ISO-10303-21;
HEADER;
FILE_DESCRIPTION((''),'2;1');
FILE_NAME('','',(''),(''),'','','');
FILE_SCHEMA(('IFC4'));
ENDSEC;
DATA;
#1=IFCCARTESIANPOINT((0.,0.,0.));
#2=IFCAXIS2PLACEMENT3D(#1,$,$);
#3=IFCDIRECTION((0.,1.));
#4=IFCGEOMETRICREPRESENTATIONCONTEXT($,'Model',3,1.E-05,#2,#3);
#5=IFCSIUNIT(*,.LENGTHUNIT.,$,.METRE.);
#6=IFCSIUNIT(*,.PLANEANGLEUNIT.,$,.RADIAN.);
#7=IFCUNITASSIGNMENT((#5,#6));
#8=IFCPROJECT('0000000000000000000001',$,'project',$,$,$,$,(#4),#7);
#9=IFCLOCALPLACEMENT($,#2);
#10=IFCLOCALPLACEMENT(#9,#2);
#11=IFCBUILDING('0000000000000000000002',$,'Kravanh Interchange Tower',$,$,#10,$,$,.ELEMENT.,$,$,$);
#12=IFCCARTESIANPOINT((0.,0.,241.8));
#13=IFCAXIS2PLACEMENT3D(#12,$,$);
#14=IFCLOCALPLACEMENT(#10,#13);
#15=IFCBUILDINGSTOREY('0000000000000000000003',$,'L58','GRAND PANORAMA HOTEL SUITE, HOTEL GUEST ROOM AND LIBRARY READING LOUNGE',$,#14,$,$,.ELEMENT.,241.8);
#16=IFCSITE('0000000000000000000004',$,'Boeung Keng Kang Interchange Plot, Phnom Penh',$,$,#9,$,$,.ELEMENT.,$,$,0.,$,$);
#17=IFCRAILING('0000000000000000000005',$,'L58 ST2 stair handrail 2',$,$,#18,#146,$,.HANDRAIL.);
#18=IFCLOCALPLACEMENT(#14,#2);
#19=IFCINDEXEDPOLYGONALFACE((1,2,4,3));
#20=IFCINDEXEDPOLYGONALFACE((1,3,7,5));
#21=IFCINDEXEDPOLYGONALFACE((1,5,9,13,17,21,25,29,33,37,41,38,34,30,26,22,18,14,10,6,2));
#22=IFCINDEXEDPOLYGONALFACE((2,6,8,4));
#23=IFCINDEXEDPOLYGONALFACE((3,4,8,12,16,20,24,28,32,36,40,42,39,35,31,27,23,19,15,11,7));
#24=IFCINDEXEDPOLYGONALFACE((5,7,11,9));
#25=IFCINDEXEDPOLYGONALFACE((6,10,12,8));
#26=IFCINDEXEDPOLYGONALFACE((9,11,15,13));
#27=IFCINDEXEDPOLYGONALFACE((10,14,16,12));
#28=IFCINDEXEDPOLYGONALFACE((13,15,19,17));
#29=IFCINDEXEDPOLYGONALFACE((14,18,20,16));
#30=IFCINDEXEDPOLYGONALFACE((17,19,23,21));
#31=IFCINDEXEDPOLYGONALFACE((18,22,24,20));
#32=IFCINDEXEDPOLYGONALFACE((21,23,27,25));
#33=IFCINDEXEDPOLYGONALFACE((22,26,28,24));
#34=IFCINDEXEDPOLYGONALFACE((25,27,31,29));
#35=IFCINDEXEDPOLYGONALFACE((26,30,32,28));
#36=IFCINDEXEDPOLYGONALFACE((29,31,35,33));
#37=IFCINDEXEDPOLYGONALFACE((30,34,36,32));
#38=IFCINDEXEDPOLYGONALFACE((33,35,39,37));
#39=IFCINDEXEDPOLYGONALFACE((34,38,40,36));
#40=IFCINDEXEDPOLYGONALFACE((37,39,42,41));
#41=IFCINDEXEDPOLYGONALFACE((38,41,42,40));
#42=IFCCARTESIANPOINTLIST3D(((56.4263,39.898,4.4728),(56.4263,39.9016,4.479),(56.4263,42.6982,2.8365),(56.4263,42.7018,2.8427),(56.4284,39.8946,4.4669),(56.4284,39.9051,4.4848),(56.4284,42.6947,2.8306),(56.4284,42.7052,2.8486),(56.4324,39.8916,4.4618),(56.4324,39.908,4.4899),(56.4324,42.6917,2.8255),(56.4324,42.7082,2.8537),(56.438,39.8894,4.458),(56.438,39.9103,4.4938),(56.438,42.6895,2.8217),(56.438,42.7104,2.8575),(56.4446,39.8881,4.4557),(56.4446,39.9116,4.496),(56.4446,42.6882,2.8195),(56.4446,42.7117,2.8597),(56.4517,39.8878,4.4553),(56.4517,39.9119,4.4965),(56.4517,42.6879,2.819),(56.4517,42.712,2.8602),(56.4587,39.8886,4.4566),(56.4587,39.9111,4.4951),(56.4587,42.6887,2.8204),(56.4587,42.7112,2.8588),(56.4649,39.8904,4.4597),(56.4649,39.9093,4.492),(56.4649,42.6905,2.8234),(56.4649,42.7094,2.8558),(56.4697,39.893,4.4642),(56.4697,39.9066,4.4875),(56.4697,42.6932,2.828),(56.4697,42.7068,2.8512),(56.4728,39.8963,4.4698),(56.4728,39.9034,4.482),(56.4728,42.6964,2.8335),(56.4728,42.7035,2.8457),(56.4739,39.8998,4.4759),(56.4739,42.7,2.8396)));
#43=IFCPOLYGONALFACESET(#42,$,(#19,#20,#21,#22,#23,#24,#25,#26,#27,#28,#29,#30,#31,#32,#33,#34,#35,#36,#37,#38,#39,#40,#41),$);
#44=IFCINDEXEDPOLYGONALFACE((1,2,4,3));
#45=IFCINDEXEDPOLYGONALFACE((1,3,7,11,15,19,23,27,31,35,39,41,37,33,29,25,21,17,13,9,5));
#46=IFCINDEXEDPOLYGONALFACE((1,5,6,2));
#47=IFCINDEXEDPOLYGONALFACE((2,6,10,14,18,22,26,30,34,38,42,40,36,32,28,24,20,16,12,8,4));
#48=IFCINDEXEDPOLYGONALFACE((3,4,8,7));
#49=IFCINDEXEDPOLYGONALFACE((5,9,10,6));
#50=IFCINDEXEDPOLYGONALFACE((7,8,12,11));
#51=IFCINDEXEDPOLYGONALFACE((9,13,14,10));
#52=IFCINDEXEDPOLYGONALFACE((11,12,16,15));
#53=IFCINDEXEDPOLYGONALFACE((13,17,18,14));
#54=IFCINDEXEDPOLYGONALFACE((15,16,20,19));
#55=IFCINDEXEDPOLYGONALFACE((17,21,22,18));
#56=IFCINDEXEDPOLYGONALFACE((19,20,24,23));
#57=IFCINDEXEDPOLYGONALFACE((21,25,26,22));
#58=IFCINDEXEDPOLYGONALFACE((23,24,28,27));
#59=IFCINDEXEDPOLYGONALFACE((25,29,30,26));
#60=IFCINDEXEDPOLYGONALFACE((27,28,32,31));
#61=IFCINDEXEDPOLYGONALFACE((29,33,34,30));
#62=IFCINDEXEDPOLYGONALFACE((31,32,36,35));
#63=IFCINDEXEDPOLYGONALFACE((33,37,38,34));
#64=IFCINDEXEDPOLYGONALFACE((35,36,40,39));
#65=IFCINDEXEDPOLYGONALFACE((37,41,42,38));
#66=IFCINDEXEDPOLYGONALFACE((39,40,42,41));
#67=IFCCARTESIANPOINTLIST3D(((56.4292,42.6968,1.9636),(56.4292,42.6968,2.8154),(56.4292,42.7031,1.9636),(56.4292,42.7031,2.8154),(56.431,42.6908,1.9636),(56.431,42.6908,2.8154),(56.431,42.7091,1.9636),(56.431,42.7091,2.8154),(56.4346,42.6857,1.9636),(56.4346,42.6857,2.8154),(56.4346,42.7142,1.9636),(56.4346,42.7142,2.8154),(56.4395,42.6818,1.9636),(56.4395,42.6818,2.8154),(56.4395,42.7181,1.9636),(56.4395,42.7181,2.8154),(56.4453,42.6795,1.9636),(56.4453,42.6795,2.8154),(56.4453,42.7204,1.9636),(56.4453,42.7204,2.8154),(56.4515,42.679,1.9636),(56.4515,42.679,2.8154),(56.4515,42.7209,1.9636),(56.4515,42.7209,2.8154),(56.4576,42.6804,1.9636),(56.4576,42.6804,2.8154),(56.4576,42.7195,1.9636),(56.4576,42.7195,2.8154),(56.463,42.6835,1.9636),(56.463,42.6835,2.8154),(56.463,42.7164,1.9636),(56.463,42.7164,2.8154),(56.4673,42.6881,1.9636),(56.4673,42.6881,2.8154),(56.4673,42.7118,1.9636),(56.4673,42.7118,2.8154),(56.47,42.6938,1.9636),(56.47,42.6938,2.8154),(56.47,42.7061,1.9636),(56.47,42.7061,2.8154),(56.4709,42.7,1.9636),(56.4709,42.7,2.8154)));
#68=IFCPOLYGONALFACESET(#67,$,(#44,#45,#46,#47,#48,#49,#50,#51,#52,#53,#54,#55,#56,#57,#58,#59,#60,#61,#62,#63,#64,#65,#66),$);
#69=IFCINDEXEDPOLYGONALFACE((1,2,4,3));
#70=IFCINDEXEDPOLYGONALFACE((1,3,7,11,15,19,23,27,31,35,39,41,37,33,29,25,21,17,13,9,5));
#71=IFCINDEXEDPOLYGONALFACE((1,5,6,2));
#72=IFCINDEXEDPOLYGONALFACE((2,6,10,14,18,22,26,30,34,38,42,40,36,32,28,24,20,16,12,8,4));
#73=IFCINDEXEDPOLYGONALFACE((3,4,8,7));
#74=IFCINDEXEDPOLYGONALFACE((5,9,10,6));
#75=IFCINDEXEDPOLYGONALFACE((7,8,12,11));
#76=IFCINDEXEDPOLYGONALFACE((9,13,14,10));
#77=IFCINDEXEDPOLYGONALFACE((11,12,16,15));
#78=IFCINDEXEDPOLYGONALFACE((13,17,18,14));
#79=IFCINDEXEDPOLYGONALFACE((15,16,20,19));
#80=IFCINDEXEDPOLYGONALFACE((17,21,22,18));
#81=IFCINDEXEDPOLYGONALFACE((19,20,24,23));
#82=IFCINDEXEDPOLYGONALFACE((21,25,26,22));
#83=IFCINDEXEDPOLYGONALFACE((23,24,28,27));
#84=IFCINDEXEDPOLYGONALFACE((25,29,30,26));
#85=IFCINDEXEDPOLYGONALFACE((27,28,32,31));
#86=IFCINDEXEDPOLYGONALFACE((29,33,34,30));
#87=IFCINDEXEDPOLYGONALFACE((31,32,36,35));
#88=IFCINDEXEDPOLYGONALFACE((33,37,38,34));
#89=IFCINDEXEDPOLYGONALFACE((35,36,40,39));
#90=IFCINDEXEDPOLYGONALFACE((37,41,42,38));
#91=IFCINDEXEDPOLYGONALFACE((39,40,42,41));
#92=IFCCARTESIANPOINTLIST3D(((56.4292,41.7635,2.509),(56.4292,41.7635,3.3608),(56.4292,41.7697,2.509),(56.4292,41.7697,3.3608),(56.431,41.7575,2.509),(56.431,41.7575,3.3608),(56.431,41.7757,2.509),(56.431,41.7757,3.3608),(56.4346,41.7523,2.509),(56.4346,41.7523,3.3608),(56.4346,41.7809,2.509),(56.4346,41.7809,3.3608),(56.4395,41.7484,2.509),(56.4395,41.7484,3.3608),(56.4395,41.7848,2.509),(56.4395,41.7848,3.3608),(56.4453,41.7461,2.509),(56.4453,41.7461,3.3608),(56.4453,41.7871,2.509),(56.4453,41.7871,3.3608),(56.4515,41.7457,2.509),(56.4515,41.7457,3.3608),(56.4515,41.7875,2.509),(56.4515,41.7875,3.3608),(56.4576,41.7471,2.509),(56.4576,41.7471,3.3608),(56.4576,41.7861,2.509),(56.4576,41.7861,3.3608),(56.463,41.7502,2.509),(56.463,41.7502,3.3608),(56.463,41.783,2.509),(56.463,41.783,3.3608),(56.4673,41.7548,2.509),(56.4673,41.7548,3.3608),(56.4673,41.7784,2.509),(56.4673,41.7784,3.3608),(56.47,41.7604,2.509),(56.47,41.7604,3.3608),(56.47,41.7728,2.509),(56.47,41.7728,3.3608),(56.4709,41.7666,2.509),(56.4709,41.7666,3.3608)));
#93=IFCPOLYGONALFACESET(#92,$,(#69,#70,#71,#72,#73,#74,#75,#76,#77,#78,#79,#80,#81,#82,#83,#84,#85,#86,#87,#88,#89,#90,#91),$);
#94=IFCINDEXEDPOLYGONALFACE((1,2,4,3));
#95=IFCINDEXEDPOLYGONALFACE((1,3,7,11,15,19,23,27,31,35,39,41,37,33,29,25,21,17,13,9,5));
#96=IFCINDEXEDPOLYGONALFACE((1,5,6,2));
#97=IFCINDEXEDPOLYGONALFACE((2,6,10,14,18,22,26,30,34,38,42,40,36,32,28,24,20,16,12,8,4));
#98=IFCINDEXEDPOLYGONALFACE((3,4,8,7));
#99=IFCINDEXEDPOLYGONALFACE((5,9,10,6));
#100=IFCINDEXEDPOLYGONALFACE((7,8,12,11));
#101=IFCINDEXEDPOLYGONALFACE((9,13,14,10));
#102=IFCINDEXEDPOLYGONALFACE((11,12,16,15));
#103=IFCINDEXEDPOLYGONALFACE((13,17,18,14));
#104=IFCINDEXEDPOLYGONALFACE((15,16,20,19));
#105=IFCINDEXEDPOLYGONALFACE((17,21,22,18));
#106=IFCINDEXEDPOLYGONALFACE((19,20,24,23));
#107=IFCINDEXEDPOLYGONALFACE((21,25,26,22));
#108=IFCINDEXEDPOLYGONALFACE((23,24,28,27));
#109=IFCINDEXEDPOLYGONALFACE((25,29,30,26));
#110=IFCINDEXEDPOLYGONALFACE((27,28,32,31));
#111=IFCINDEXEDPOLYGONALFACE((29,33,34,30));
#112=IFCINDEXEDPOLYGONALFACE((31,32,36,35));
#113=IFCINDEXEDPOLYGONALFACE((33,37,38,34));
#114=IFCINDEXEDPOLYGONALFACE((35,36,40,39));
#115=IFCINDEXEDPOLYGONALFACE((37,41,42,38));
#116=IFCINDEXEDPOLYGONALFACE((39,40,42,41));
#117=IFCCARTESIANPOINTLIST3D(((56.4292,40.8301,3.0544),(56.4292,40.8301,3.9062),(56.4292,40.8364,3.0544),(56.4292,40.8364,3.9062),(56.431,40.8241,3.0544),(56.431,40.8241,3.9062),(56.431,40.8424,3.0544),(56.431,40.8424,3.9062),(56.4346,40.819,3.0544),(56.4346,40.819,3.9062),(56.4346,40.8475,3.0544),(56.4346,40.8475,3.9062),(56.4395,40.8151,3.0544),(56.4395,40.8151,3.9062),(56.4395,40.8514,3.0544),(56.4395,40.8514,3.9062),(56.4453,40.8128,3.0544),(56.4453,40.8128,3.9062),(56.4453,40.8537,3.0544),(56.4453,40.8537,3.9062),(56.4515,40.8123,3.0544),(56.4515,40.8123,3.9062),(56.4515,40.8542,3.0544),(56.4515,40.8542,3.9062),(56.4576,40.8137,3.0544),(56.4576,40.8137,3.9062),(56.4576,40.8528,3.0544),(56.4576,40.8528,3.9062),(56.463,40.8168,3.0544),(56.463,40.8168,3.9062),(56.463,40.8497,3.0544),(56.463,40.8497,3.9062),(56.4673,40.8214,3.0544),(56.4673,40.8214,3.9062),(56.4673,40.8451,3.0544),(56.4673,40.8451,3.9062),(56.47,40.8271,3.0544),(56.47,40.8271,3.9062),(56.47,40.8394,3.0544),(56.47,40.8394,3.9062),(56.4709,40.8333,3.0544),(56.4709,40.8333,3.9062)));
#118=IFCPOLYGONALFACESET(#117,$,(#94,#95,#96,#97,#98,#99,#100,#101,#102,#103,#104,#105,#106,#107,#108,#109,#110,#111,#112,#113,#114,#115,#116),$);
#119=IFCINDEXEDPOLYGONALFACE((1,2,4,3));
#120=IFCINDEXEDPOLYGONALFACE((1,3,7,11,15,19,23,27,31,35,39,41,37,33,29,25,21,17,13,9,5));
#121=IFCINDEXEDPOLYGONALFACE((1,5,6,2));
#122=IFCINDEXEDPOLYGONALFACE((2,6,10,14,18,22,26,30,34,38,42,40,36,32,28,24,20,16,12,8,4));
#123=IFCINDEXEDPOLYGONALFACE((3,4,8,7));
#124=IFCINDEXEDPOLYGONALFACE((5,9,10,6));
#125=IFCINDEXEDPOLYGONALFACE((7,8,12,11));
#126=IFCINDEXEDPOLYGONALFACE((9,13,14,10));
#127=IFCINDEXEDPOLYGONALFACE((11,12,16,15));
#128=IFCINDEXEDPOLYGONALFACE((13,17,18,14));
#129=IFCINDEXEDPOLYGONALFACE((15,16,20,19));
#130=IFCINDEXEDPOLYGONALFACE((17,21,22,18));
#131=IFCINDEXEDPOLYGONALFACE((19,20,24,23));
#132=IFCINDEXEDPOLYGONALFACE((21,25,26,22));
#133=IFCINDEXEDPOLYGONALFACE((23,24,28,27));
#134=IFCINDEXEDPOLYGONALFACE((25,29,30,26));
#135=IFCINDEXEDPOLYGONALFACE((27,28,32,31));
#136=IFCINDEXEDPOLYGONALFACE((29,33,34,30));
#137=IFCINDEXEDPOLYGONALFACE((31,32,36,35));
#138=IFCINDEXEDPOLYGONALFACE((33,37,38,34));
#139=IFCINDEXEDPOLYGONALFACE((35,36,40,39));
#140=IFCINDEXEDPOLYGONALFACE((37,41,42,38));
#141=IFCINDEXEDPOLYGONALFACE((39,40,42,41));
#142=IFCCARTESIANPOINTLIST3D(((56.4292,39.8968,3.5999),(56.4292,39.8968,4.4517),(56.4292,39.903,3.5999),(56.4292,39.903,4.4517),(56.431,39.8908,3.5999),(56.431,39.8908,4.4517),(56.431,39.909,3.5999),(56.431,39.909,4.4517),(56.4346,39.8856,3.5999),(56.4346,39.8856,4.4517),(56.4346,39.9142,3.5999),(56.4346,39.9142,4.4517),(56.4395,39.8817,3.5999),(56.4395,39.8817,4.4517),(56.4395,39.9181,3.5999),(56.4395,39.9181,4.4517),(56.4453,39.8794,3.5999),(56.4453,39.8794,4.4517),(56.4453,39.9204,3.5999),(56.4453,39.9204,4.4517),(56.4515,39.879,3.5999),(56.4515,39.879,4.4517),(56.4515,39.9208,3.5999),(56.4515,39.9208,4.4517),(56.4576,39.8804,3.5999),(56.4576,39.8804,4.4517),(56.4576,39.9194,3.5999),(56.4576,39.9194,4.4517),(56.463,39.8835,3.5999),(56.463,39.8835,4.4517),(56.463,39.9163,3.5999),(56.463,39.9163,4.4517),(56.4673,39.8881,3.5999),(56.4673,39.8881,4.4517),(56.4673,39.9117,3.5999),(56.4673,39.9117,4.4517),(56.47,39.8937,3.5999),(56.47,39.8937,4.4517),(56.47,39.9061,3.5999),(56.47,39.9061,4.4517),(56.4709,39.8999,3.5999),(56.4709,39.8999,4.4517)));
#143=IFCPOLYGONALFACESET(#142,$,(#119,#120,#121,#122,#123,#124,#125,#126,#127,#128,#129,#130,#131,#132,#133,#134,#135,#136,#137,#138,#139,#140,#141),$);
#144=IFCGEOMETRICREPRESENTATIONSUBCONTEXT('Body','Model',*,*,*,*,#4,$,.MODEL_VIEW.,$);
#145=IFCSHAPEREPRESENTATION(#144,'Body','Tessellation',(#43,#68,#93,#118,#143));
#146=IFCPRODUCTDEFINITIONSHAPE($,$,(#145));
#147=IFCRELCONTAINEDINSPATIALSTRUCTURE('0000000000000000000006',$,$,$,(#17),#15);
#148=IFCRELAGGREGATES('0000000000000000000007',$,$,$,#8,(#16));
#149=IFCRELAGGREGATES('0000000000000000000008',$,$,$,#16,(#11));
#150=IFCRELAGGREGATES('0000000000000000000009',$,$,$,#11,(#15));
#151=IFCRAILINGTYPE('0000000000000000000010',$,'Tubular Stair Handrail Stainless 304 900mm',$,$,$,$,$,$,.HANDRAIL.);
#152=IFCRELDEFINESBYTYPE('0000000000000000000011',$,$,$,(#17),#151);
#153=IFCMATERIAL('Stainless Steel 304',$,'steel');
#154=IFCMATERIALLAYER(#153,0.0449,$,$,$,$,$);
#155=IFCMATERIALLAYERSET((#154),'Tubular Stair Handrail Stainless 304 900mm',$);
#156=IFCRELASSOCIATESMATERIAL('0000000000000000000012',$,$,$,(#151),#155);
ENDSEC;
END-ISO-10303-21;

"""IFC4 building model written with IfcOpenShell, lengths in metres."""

from ifc_helpers import new_model, si_unit, direction, frame, origin, origin_2d, place, context, subcontext, project, spatial, circle, extrude, material, layer, layer_set, type_object, element, save


model = new_model("IFC4")

# Units and contexts
model_context = context("Model", 3, precision=1e-05, world=origin(), true_north=direction((0.0, 1.0)))
body_context = subcontext(model_context, "Body", "Model", "MODEL_VIEW")
ifc_project = project(units=[si_unit("LENGTHUNIT", "METRE"), si_unit("PLANEANGLEUNIT", "RADIAN")], contexts=[model_context])

# Site, building, storey
site_placement = place(None, origin())
site = spatial("IfcSite", under=ifc_project, at=site_placement, Name="Boeung Keng Kang Interchange Plot, Phnom Penh", CompositionType="ELEMENT", RefElevation=0.0)
building_placement = place(site_placement, origin())
building = spatial("IfcBuilding", under=site, at=building_placement, Name="Kravanh Interchange Tower", CompositionType="ELEMENT")
storey_placement = place(building_placement, frame((0.0, 0.0, 241.8)))
storey = spatial("IfcBuildingStorey", under=building, at=storey_placement, Name="L58", Description="GRAND PANORAMA HOTEL SUITE, HOTEL GUEST ROOM AND LIBRARY READING LOUNGE", CompositionType="ELEMENT", Elevation=241.8)

# Railing
ifc_material_1 = material(Name="Stainless Steel 304", Category="steel")
ifc_layer_1 = layer(ifc_material_1, 0.0449)
ifc_layer_set_1 = layer_set([ifc_layer_1], Name="Tubular Stair Handrail Stainless 304 900mm")
railing_type_1 = type_object("IfcRailingType", Name="Tubular Stair Handrail Stainless 304 900mm", PredefinedType="HANDRAIL", material=ifc_layer_set_1)
railing_1_placement = place(storey_placement, frame((56.45, 42.7, 1.9636)))
element("IfcRailing", 1, at=railing_1_placement, inside=storey, type_object=railing_type_1, Name="L58 ST2 stair handrail 2", PredefinedType="HANDRAIL", context=body_context, shape_type="SweptSolid", body=[
    extrude(circle(Radius=0.0239, at=origin_2d()), frame((0.0, 0.0, 0.876), z_axis=(0.0, -0.863394, 0.504531), x_axis=(1.0, 0.0, 0.0)), (0.0, 0.0, 1.0), 3.2432),
    extrude(circle(Radius=0.021, at=origin_2d()), origin(), (0.0, 0.0, 1.0), 0.8518),
    extrude(circle(Radius=0.021, at=origin_2d()), frame((0.0, -0.9333, 0.5454)), (0.0, 0.0, 1.0), 0.8518),
    extrude(circle(Radius=0.021, at=origin_2d()), frame((0.0, -1.8667, 1.0908)), (0.0, 0.0, 1.0), 0.8518),
    extrude(circle(Radius=0.021, at=origin_2d()), frame((0.0, -2.8, 1.6362)), (0.0, 0.0, 1.0), 0.8518),
])

save(model, "model.ifc")
